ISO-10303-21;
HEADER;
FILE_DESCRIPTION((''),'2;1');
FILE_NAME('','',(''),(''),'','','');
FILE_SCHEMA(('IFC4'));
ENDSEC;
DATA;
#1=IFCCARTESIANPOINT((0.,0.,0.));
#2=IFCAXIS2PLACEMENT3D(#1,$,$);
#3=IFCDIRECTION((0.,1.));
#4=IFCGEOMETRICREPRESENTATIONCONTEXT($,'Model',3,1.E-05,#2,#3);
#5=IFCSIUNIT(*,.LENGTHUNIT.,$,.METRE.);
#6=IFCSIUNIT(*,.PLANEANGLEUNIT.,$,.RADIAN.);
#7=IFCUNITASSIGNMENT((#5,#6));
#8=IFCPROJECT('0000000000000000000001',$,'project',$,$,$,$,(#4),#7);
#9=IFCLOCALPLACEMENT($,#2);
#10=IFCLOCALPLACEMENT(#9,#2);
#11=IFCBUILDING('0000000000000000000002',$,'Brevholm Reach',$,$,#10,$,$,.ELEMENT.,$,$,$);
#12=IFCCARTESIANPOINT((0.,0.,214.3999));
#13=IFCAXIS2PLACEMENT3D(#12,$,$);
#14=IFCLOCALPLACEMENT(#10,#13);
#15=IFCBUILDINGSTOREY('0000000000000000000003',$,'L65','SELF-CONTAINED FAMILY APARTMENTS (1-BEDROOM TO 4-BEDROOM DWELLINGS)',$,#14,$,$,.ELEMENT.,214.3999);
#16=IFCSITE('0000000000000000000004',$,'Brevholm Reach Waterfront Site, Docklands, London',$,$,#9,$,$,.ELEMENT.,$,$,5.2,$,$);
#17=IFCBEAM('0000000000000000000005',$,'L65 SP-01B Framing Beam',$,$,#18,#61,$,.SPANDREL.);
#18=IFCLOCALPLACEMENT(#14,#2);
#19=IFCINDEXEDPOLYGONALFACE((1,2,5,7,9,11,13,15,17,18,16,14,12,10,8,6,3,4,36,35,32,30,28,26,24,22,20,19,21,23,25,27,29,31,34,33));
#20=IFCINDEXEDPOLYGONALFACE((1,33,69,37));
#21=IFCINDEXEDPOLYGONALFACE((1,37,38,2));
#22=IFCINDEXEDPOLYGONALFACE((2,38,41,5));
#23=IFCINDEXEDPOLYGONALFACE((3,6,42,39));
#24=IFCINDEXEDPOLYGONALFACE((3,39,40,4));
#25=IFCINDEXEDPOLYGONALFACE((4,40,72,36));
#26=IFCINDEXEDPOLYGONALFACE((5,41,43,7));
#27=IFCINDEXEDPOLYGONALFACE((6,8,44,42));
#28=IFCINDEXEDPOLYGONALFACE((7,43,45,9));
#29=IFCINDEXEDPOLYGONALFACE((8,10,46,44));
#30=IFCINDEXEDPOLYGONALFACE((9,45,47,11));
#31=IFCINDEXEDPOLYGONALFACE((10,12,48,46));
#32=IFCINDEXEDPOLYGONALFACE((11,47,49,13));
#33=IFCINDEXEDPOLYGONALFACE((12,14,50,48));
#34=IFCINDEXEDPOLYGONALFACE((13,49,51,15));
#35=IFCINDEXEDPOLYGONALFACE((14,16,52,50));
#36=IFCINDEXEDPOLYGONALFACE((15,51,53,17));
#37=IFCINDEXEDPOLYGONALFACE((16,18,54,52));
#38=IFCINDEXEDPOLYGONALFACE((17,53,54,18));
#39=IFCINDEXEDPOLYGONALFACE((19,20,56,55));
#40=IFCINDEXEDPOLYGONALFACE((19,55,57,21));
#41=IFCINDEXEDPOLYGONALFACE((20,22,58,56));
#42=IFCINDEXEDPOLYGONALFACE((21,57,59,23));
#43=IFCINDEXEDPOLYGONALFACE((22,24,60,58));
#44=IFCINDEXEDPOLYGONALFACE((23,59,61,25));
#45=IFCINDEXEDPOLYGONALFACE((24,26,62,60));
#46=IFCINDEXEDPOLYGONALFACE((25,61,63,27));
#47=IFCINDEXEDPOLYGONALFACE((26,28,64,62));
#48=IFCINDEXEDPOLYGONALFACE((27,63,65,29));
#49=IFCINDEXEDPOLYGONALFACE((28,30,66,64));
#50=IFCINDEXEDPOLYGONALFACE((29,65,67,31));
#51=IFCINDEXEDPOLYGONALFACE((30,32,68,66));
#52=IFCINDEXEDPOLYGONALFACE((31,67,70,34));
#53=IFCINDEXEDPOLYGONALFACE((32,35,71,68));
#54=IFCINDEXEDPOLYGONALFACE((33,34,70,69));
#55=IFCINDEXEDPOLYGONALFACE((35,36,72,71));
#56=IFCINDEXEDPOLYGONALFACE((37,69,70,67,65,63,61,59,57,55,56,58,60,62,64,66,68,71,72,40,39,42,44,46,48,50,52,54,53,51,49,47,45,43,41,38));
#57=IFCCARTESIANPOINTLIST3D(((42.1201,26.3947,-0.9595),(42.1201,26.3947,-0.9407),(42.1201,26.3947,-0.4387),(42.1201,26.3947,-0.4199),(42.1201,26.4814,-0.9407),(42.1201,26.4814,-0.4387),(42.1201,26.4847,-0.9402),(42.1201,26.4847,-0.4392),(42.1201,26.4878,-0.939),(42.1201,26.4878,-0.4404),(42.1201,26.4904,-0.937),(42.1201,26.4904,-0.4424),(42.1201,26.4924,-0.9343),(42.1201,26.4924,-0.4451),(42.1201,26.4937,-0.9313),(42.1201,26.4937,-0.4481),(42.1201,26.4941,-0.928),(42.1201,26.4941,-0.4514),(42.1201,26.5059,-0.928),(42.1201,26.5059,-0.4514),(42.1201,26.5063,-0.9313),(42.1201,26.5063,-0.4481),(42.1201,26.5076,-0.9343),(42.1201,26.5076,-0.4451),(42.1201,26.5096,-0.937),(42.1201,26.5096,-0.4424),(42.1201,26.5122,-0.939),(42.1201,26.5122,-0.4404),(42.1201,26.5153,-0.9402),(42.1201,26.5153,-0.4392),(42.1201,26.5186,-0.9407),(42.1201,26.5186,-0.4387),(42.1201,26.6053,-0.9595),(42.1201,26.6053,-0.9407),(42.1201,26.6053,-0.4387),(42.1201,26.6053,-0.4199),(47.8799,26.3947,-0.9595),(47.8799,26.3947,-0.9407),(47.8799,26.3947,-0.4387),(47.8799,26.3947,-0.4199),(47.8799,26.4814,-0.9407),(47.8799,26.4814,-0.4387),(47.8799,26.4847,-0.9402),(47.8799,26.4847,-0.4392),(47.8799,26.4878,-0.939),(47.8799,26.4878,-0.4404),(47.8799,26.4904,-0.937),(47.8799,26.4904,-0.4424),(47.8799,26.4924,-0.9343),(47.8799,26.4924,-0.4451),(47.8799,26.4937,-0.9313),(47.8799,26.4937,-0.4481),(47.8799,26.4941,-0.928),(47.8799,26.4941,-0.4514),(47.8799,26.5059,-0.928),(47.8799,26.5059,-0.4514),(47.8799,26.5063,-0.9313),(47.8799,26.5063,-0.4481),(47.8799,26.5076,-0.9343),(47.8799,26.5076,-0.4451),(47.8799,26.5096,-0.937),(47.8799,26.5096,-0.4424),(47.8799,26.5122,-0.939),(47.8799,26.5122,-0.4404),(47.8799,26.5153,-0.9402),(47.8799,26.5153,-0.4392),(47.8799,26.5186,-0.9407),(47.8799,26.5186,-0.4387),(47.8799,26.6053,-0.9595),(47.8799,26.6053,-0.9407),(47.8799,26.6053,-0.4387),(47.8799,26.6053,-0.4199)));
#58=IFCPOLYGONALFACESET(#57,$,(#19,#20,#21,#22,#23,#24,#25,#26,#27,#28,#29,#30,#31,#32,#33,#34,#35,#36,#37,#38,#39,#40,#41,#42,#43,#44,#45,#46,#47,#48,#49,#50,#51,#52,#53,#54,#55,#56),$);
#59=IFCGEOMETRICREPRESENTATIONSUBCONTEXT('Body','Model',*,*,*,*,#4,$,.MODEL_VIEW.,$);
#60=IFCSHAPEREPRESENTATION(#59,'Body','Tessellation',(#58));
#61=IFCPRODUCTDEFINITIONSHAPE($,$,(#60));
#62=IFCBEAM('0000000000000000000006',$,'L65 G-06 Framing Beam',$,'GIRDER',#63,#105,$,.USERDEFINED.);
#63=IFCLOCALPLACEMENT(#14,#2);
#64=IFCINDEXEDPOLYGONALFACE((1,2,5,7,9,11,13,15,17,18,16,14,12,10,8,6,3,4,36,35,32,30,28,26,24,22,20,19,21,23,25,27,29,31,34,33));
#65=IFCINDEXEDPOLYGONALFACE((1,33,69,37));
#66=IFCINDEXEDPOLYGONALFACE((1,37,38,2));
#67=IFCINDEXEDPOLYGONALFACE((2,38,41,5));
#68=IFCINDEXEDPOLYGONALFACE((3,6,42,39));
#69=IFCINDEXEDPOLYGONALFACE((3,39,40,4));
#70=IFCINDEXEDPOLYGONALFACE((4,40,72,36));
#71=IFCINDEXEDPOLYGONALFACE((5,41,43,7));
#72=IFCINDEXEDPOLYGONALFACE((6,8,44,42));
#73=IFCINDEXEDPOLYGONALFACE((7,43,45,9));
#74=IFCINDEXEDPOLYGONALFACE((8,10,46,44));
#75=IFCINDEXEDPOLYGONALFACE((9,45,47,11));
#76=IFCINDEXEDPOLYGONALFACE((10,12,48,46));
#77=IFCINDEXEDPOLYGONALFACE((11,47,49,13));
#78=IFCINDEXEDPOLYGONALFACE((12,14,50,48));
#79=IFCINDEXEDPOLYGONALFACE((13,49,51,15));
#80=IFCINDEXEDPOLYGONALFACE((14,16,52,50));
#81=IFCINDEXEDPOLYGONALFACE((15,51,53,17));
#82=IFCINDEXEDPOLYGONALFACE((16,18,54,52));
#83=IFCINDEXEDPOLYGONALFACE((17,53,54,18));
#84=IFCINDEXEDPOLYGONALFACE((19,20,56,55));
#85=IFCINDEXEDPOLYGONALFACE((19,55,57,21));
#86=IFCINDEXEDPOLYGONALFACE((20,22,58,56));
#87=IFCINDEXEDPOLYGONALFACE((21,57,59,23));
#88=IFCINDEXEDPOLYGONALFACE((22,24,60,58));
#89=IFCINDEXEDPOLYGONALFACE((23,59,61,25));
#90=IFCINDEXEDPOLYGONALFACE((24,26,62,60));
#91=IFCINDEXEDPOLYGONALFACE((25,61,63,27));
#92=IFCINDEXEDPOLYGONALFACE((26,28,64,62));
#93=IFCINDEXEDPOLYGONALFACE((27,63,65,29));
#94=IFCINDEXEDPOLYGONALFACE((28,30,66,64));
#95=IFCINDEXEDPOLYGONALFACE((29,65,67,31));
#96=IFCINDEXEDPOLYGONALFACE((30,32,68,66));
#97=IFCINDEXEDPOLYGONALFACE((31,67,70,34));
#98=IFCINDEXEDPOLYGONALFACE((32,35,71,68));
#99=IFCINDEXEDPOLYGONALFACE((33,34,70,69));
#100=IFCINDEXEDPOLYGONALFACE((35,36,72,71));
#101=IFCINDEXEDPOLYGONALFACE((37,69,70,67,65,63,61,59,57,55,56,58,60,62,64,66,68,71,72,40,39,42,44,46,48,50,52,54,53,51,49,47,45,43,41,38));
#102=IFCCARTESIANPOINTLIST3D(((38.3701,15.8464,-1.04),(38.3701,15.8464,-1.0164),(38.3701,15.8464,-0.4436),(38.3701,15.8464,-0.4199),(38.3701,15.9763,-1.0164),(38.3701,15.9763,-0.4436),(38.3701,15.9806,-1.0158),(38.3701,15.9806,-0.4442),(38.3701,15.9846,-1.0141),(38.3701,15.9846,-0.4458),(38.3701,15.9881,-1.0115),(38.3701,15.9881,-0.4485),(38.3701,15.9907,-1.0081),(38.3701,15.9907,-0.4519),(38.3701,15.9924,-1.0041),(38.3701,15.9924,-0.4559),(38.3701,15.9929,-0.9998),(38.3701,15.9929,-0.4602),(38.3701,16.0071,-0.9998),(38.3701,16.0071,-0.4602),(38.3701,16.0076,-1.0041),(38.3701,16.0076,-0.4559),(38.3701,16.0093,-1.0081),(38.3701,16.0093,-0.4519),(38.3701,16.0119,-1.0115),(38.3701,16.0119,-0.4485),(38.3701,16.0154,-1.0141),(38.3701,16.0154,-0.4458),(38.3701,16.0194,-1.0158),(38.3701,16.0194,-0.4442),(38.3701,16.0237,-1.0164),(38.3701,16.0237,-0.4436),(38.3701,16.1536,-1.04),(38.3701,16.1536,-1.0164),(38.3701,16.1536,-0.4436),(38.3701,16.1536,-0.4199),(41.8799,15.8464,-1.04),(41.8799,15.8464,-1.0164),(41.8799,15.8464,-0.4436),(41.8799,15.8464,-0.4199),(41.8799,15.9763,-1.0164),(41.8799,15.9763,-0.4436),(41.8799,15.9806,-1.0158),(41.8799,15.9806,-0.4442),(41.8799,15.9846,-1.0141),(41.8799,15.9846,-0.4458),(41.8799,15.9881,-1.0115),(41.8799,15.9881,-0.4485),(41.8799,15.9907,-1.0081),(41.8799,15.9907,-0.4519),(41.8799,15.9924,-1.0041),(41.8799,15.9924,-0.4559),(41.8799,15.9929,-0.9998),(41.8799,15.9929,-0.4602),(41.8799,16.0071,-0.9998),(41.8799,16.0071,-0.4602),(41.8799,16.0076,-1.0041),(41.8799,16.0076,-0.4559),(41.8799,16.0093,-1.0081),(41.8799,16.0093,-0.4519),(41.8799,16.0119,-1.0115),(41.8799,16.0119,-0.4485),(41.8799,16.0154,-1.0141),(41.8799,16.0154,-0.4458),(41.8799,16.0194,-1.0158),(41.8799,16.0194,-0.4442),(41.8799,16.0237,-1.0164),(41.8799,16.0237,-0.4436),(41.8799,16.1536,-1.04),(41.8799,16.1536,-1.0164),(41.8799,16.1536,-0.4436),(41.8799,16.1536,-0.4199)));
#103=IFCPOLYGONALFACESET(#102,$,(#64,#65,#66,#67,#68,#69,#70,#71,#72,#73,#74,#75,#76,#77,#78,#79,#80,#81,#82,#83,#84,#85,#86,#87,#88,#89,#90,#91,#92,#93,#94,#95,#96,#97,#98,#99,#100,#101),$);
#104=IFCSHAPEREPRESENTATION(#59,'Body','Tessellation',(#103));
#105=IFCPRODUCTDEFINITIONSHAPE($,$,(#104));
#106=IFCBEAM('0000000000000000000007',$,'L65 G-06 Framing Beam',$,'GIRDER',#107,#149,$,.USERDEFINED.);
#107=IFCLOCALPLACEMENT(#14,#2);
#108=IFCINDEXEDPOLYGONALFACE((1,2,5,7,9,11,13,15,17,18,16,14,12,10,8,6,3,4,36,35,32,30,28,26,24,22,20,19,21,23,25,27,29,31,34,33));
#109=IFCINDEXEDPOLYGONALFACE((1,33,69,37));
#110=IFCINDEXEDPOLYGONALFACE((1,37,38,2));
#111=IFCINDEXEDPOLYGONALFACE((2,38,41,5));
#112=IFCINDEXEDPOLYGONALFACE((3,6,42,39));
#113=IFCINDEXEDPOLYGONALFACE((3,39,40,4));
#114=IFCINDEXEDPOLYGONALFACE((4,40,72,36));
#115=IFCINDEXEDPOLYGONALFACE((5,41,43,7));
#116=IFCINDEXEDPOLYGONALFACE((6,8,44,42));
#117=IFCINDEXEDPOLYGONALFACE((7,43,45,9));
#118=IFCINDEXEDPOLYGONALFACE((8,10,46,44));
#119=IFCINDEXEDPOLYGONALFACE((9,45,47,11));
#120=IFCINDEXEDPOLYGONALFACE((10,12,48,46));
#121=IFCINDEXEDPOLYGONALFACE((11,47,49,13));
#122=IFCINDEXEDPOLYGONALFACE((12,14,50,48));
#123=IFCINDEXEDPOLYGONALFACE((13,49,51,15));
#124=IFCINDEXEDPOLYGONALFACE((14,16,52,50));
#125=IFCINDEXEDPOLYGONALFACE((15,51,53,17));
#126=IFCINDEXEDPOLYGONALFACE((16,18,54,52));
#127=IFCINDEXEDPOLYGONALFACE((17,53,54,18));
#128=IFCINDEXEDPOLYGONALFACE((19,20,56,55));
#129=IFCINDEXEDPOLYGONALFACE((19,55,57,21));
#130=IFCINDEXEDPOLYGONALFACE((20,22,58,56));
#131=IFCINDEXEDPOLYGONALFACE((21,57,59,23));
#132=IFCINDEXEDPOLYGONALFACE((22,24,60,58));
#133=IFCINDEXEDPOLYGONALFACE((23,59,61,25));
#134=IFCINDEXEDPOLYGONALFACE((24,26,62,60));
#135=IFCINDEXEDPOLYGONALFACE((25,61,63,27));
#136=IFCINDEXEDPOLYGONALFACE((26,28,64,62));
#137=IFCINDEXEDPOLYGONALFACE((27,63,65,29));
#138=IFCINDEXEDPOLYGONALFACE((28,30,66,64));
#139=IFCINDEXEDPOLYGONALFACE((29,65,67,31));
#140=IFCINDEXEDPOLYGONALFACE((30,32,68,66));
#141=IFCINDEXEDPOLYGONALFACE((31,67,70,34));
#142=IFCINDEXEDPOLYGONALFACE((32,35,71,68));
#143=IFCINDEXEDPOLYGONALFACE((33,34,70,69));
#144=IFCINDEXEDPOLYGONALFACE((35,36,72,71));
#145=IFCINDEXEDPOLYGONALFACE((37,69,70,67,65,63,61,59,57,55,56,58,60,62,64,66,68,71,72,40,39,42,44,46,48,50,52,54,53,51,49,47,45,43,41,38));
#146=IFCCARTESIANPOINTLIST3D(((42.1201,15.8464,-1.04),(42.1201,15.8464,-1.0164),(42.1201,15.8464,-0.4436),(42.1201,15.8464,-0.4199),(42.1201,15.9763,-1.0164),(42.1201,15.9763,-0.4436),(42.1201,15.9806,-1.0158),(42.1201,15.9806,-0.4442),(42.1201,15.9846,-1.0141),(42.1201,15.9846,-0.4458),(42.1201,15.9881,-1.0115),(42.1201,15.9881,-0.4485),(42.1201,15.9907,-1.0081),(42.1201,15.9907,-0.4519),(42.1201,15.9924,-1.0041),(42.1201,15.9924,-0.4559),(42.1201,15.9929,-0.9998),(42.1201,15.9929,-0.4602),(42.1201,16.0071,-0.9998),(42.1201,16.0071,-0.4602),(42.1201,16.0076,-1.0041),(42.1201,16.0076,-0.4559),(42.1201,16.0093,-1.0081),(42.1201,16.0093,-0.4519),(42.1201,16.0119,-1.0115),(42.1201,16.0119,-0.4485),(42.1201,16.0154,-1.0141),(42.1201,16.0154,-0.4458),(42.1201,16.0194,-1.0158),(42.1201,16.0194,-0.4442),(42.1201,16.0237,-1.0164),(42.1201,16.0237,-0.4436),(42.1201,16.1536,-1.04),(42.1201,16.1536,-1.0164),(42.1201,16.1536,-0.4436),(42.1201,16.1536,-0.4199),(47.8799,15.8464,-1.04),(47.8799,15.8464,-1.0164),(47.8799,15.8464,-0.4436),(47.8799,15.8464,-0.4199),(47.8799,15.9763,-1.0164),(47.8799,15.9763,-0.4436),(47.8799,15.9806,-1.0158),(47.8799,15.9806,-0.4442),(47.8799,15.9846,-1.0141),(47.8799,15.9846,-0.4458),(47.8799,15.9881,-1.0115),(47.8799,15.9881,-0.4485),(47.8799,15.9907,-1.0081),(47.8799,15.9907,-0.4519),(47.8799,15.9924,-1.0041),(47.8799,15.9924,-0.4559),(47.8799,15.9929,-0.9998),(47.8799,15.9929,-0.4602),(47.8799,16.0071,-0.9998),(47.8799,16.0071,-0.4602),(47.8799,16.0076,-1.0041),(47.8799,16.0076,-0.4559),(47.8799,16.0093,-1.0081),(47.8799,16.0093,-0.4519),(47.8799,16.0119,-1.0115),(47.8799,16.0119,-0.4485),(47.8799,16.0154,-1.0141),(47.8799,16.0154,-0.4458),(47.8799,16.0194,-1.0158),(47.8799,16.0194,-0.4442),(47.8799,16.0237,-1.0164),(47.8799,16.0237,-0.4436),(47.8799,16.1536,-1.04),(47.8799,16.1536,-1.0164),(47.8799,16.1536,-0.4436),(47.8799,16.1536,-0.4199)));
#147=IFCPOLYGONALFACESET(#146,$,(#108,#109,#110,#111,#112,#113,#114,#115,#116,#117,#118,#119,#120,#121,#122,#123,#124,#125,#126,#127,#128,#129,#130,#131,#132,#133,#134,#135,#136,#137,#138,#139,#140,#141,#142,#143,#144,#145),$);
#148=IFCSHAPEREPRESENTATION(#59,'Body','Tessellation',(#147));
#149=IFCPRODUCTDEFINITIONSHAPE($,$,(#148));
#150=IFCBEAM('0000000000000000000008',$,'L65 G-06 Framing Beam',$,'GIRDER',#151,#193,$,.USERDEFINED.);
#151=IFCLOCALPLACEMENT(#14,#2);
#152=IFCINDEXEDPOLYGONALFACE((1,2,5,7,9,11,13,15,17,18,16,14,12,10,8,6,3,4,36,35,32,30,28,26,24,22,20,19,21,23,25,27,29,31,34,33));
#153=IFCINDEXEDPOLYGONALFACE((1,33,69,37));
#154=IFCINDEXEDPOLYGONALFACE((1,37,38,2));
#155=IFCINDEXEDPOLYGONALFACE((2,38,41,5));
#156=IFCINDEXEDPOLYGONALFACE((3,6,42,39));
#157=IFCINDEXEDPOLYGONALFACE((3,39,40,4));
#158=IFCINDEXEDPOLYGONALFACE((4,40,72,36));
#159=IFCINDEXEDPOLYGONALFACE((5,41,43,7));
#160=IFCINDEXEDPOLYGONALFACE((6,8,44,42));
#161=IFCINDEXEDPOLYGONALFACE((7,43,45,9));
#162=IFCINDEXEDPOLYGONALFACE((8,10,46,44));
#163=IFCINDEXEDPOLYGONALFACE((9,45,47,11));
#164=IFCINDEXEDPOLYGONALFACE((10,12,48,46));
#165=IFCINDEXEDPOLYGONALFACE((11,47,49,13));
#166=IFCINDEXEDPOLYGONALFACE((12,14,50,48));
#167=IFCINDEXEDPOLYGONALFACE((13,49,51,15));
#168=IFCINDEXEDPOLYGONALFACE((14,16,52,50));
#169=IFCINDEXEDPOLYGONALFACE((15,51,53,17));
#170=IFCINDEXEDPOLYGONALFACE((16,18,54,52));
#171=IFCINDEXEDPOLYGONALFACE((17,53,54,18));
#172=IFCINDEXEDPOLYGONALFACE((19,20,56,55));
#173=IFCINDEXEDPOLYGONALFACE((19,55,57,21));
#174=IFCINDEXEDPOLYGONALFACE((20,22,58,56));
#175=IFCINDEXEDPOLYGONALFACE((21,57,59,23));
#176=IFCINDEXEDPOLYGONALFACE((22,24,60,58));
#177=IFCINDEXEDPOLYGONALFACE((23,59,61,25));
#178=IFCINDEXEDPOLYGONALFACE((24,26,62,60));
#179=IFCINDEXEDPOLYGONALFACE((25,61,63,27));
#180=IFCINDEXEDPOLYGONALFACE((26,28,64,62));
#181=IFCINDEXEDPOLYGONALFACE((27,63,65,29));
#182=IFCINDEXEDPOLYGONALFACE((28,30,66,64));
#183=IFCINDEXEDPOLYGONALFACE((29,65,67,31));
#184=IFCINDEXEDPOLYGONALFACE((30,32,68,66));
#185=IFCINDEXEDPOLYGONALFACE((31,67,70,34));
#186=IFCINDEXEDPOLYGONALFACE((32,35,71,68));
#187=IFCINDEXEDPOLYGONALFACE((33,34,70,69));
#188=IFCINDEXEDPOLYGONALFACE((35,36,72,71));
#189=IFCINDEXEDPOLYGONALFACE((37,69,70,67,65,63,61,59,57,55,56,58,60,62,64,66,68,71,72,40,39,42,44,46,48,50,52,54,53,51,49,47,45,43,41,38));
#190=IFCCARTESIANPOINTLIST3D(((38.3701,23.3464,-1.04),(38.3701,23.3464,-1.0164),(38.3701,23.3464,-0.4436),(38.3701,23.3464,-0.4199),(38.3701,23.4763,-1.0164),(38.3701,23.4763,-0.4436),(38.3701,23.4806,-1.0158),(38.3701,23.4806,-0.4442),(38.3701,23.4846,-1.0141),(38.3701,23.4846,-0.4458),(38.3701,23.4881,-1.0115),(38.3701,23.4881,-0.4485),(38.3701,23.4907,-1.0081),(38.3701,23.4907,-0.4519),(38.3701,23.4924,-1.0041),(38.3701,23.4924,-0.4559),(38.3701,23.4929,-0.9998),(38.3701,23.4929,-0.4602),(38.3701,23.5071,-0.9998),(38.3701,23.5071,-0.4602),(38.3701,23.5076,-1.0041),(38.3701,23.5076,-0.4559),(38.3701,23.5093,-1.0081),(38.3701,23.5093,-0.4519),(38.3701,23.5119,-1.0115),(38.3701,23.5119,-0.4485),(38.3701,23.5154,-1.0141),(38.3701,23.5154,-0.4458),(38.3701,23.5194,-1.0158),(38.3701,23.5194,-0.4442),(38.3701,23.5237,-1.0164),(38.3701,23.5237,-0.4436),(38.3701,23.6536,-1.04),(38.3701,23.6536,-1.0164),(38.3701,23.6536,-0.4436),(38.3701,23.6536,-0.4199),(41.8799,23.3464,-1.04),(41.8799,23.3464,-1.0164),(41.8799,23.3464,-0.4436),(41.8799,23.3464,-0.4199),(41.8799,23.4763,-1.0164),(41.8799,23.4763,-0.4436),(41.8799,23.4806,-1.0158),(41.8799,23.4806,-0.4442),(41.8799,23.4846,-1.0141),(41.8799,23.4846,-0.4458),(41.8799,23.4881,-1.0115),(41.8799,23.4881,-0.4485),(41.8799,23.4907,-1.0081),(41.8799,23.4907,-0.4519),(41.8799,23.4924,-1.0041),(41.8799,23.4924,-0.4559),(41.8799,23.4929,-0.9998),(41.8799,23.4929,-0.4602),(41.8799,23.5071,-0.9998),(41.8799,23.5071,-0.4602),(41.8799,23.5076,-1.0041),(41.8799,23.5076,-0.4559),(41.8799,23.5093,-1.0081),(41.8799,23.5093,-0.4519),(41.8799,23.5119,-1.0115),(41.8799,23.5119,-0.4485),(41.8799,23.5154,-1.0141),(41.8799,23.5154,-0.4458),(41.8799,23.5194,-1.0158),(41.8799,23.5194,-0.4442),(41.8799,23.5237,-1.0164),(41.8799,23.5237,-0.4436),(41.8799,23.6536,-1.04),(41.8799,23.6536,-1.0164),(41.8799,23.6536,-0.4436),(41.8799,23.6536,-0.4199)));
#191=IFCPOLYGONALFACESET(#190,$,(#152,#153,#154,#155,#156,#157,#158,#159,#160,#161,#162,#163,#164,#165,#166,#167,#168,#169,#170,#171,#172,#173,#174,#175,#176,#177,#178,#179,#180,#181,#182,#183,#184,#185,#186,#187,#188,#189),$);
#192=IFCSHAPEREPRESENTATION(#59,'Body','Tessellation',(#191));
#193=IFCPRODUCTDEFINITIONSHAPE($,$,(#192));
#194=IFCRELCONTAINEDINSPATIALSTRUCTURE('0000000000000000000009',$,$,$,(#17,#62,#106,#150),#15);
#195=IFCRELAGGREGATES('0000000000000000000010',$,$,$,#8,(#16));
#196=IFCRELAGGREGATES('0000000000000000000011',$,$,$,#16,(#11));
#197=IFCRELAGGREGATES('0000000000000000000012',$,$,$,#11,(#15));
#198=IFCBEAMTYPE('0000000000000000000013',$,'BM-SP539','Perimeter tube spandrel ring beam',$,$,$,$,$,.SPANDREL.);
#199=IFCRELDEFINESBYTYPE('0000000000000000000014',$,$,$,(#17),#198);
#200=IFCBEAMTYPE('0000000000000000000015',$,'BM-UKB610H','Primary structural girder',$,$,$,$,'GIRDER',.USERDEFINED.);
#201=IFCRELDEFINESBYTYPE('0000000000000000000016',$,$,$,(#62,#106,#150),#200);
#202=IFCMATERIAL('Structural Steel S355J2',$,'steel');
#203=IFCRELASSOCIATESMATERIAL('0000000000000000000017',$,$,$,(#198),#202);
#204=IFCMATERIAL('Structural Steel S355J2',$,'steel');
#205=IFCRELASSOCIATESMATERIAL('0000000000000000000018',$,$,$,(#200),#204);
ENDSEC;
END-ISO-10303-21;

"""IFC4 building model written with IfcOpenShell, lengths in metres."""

from ifc_helpers import new_model, si_unit, direction, frame, origin, origin_2d, place, context, subcontext, project, spatial, i_section, extrude, material, material_profile, profile_set, type_object, element, save


model = new_model("IFC4")

# Units and contexts
model_context = context("Model", 3, precision=1e-05, world=origin(), true_north=direction((0.0, 1.0)))
body_context = subcontext(model_context, "Body", "Model", "MODEL_VIEW")
ifc_project = project(units=[si_unit("LENGTHUNIT", "METRE"), si_unit("PLANEANGLEUNIT", "RADIAN")], contexts=[model_context])

# Site, building, storey
site_placement = place(None, origin())
site = spatial("IfcSite", under=ifc_project, at=site_placement, Name="Brevholm Reach Waterfront Site, Docklands, London", CompositionType="ELEMENT", RefElevation=5.2)
building_placement = place(site_placement, origin())
building = spatial("IfcBuilding", under=site, at=building_placement, Name="Brevholm Reach", CompositionType="ELEMENT")
storey_placement = place(building_placement, frame((0.0, 0.0, 214.3999)))
storey = spatial("IfcBuildingStorey", under=building, at=storey_placement, Name="L65", Description="SELF-CONTAINED FAMILY APARTMENTS (1-BEDROOM TO 4-BEDROOM DWELLINGS)", CompositionType="ELEMENT", Elevation=214.3999)

# Beams
ifc_material_1 = material(Name="Structural Steel S355J2", Category="steel")
ifc_material_profile_1 = material_profile(ifc_material_1, i_section(OverallWidth=0.2107, OverallDepth=0.5396, WebThickness=0.0117, FlangeThickness=0.0188, FilletRadius=0.0127, at=origin_2d()), Name="UKB 533x210x109")
ifc_profile_set_1 = profile_set([ifc_material_profile_1], Name="Structural Steel S355J2")
beam_type_1 = type_object("IfcBeamType", Name="BM-SP539", Description="Perimeter tube spandrel ring beam", PredefinedType="SPANDREL", material=ifc_profile_set_1)
beam_1_placement = place(storey_placement, frame((42.1201, 26.5, -0.6897), z_axis=(1.0, 0.0, 0.0), x_axis=(0.0, 1.0, 0.0)))
element("IfcBeam", 1, at=beam_1_placement, inside=storey, type_object=beam_type_1, Name="L65 SP-01B Framing Beam", PredefinedType="SPANDREL", context=body_context, shape_type="SweptSolid", body=[
    extrude(i_section(OverallWidth=0.2107, OverallDepth=0.5396, WebThickness=0.0117, FlangeThickness=0.0188, FilletRadius=0.0127, at=origin_2d()), origin(), (0.0, 0.0, 1.0), 5.7598),
])
ifc_material_2 = material(Name="Structural Steel S355J2", Category="steel")
ifc_material_profile_2 = material_profile(ifc_material_2, i_section(OverallWidth=0.3071, OverallDepth=0.6201, WebThickness=0.0142, FlangeThickness=0.0237, FilletRadius=0.0166, at=origin_2d()), Name="UKB 610x305x179")
ifc_profile_set_2 = profile_set([ifc_material_profile_2], Name="Structural Steel S355J2")
beam_type_2 = type_object("IfcBeamType", Name="BM-UKB610H", Description="Primary structural girder", ElementType="GIRDER", PredefinedType="USERDEFINED", material=ifc_profile_set_2)
beam_2_placement = place(storey_placement, frame((38.3701, 16.0, -0.73), z_axis=(1.0, 0.0, 0.0), x_axis=(0.0, 1.0, 0.0)))
element("IfcBeam", 2, at=beam_2_placement, inside=storey, type_object=beam_type_2, Name="L65 G-06 Framing Beam", ObjectType="GIRDER", PredefinedType="USERDEFINED", context=body_context, shape_type="SweptSolid", body=[
    extrude(i_section(OverallWidth=0.3071, OverallDepth=0.6201, WebThickness=0.0142, FlangeThickness=0.0237, FilletRadius=0.0166, at=origin_2d()), origin(), (0.0, 0.0, 1.0), 3.5098),
])
beam_3_placement = place(storey_placement, frame((42.1201, 16.0, -0.73), z_axis=(1.0, 0.0, 0.0), x_axis=(0.0, 1.0, 0.0)))
element("IfcBeam", 3, at=beam_3_placement, inside=storey, type_object=beam_type_2, Name="L65 G-06 Framing Beam", ObjectType="GIRDER", PredefinedType="USERDEFINED", context=body_context, shape_type="SweptSolid", body=[
    extrude(i_section(OverallWidth=0.3071, OverallDepth=0.6201, WebThickness=0.0142, FlangeThickness=0.0237, FilletRadius=0.0166, at=origin_2d()), origin(), (0.0, 0.0, 1.0), 5.7598),
])
beam_4_placement = place(storey_placement, frame((38.3701, 23.5, -0.73), z_axis=(1.0, 0.0, 0.0), x_axis=(0.0, 1.0, 0.0)))
element("IfcBeam", 4, at=beam_4_placement, inside=storey, type_object=beam_type_2, Name="L65 G-06 Framing Beam", ObjectType="GIRDER", PredefinedType="USERDEFINED", context=body_context, shape_type="SweptSolid", body=[
    extrude(i_section(OverallWidth=0.3071, OverallDepth=0.6201, WebThickness=0.0142, FlangeThickness=0.0237, FilletRadius=0.0166, at=origin_2d()), origin(), (0.0, 0.0, 1.0), 3.5098),
])

save(model, "model.ifc")
